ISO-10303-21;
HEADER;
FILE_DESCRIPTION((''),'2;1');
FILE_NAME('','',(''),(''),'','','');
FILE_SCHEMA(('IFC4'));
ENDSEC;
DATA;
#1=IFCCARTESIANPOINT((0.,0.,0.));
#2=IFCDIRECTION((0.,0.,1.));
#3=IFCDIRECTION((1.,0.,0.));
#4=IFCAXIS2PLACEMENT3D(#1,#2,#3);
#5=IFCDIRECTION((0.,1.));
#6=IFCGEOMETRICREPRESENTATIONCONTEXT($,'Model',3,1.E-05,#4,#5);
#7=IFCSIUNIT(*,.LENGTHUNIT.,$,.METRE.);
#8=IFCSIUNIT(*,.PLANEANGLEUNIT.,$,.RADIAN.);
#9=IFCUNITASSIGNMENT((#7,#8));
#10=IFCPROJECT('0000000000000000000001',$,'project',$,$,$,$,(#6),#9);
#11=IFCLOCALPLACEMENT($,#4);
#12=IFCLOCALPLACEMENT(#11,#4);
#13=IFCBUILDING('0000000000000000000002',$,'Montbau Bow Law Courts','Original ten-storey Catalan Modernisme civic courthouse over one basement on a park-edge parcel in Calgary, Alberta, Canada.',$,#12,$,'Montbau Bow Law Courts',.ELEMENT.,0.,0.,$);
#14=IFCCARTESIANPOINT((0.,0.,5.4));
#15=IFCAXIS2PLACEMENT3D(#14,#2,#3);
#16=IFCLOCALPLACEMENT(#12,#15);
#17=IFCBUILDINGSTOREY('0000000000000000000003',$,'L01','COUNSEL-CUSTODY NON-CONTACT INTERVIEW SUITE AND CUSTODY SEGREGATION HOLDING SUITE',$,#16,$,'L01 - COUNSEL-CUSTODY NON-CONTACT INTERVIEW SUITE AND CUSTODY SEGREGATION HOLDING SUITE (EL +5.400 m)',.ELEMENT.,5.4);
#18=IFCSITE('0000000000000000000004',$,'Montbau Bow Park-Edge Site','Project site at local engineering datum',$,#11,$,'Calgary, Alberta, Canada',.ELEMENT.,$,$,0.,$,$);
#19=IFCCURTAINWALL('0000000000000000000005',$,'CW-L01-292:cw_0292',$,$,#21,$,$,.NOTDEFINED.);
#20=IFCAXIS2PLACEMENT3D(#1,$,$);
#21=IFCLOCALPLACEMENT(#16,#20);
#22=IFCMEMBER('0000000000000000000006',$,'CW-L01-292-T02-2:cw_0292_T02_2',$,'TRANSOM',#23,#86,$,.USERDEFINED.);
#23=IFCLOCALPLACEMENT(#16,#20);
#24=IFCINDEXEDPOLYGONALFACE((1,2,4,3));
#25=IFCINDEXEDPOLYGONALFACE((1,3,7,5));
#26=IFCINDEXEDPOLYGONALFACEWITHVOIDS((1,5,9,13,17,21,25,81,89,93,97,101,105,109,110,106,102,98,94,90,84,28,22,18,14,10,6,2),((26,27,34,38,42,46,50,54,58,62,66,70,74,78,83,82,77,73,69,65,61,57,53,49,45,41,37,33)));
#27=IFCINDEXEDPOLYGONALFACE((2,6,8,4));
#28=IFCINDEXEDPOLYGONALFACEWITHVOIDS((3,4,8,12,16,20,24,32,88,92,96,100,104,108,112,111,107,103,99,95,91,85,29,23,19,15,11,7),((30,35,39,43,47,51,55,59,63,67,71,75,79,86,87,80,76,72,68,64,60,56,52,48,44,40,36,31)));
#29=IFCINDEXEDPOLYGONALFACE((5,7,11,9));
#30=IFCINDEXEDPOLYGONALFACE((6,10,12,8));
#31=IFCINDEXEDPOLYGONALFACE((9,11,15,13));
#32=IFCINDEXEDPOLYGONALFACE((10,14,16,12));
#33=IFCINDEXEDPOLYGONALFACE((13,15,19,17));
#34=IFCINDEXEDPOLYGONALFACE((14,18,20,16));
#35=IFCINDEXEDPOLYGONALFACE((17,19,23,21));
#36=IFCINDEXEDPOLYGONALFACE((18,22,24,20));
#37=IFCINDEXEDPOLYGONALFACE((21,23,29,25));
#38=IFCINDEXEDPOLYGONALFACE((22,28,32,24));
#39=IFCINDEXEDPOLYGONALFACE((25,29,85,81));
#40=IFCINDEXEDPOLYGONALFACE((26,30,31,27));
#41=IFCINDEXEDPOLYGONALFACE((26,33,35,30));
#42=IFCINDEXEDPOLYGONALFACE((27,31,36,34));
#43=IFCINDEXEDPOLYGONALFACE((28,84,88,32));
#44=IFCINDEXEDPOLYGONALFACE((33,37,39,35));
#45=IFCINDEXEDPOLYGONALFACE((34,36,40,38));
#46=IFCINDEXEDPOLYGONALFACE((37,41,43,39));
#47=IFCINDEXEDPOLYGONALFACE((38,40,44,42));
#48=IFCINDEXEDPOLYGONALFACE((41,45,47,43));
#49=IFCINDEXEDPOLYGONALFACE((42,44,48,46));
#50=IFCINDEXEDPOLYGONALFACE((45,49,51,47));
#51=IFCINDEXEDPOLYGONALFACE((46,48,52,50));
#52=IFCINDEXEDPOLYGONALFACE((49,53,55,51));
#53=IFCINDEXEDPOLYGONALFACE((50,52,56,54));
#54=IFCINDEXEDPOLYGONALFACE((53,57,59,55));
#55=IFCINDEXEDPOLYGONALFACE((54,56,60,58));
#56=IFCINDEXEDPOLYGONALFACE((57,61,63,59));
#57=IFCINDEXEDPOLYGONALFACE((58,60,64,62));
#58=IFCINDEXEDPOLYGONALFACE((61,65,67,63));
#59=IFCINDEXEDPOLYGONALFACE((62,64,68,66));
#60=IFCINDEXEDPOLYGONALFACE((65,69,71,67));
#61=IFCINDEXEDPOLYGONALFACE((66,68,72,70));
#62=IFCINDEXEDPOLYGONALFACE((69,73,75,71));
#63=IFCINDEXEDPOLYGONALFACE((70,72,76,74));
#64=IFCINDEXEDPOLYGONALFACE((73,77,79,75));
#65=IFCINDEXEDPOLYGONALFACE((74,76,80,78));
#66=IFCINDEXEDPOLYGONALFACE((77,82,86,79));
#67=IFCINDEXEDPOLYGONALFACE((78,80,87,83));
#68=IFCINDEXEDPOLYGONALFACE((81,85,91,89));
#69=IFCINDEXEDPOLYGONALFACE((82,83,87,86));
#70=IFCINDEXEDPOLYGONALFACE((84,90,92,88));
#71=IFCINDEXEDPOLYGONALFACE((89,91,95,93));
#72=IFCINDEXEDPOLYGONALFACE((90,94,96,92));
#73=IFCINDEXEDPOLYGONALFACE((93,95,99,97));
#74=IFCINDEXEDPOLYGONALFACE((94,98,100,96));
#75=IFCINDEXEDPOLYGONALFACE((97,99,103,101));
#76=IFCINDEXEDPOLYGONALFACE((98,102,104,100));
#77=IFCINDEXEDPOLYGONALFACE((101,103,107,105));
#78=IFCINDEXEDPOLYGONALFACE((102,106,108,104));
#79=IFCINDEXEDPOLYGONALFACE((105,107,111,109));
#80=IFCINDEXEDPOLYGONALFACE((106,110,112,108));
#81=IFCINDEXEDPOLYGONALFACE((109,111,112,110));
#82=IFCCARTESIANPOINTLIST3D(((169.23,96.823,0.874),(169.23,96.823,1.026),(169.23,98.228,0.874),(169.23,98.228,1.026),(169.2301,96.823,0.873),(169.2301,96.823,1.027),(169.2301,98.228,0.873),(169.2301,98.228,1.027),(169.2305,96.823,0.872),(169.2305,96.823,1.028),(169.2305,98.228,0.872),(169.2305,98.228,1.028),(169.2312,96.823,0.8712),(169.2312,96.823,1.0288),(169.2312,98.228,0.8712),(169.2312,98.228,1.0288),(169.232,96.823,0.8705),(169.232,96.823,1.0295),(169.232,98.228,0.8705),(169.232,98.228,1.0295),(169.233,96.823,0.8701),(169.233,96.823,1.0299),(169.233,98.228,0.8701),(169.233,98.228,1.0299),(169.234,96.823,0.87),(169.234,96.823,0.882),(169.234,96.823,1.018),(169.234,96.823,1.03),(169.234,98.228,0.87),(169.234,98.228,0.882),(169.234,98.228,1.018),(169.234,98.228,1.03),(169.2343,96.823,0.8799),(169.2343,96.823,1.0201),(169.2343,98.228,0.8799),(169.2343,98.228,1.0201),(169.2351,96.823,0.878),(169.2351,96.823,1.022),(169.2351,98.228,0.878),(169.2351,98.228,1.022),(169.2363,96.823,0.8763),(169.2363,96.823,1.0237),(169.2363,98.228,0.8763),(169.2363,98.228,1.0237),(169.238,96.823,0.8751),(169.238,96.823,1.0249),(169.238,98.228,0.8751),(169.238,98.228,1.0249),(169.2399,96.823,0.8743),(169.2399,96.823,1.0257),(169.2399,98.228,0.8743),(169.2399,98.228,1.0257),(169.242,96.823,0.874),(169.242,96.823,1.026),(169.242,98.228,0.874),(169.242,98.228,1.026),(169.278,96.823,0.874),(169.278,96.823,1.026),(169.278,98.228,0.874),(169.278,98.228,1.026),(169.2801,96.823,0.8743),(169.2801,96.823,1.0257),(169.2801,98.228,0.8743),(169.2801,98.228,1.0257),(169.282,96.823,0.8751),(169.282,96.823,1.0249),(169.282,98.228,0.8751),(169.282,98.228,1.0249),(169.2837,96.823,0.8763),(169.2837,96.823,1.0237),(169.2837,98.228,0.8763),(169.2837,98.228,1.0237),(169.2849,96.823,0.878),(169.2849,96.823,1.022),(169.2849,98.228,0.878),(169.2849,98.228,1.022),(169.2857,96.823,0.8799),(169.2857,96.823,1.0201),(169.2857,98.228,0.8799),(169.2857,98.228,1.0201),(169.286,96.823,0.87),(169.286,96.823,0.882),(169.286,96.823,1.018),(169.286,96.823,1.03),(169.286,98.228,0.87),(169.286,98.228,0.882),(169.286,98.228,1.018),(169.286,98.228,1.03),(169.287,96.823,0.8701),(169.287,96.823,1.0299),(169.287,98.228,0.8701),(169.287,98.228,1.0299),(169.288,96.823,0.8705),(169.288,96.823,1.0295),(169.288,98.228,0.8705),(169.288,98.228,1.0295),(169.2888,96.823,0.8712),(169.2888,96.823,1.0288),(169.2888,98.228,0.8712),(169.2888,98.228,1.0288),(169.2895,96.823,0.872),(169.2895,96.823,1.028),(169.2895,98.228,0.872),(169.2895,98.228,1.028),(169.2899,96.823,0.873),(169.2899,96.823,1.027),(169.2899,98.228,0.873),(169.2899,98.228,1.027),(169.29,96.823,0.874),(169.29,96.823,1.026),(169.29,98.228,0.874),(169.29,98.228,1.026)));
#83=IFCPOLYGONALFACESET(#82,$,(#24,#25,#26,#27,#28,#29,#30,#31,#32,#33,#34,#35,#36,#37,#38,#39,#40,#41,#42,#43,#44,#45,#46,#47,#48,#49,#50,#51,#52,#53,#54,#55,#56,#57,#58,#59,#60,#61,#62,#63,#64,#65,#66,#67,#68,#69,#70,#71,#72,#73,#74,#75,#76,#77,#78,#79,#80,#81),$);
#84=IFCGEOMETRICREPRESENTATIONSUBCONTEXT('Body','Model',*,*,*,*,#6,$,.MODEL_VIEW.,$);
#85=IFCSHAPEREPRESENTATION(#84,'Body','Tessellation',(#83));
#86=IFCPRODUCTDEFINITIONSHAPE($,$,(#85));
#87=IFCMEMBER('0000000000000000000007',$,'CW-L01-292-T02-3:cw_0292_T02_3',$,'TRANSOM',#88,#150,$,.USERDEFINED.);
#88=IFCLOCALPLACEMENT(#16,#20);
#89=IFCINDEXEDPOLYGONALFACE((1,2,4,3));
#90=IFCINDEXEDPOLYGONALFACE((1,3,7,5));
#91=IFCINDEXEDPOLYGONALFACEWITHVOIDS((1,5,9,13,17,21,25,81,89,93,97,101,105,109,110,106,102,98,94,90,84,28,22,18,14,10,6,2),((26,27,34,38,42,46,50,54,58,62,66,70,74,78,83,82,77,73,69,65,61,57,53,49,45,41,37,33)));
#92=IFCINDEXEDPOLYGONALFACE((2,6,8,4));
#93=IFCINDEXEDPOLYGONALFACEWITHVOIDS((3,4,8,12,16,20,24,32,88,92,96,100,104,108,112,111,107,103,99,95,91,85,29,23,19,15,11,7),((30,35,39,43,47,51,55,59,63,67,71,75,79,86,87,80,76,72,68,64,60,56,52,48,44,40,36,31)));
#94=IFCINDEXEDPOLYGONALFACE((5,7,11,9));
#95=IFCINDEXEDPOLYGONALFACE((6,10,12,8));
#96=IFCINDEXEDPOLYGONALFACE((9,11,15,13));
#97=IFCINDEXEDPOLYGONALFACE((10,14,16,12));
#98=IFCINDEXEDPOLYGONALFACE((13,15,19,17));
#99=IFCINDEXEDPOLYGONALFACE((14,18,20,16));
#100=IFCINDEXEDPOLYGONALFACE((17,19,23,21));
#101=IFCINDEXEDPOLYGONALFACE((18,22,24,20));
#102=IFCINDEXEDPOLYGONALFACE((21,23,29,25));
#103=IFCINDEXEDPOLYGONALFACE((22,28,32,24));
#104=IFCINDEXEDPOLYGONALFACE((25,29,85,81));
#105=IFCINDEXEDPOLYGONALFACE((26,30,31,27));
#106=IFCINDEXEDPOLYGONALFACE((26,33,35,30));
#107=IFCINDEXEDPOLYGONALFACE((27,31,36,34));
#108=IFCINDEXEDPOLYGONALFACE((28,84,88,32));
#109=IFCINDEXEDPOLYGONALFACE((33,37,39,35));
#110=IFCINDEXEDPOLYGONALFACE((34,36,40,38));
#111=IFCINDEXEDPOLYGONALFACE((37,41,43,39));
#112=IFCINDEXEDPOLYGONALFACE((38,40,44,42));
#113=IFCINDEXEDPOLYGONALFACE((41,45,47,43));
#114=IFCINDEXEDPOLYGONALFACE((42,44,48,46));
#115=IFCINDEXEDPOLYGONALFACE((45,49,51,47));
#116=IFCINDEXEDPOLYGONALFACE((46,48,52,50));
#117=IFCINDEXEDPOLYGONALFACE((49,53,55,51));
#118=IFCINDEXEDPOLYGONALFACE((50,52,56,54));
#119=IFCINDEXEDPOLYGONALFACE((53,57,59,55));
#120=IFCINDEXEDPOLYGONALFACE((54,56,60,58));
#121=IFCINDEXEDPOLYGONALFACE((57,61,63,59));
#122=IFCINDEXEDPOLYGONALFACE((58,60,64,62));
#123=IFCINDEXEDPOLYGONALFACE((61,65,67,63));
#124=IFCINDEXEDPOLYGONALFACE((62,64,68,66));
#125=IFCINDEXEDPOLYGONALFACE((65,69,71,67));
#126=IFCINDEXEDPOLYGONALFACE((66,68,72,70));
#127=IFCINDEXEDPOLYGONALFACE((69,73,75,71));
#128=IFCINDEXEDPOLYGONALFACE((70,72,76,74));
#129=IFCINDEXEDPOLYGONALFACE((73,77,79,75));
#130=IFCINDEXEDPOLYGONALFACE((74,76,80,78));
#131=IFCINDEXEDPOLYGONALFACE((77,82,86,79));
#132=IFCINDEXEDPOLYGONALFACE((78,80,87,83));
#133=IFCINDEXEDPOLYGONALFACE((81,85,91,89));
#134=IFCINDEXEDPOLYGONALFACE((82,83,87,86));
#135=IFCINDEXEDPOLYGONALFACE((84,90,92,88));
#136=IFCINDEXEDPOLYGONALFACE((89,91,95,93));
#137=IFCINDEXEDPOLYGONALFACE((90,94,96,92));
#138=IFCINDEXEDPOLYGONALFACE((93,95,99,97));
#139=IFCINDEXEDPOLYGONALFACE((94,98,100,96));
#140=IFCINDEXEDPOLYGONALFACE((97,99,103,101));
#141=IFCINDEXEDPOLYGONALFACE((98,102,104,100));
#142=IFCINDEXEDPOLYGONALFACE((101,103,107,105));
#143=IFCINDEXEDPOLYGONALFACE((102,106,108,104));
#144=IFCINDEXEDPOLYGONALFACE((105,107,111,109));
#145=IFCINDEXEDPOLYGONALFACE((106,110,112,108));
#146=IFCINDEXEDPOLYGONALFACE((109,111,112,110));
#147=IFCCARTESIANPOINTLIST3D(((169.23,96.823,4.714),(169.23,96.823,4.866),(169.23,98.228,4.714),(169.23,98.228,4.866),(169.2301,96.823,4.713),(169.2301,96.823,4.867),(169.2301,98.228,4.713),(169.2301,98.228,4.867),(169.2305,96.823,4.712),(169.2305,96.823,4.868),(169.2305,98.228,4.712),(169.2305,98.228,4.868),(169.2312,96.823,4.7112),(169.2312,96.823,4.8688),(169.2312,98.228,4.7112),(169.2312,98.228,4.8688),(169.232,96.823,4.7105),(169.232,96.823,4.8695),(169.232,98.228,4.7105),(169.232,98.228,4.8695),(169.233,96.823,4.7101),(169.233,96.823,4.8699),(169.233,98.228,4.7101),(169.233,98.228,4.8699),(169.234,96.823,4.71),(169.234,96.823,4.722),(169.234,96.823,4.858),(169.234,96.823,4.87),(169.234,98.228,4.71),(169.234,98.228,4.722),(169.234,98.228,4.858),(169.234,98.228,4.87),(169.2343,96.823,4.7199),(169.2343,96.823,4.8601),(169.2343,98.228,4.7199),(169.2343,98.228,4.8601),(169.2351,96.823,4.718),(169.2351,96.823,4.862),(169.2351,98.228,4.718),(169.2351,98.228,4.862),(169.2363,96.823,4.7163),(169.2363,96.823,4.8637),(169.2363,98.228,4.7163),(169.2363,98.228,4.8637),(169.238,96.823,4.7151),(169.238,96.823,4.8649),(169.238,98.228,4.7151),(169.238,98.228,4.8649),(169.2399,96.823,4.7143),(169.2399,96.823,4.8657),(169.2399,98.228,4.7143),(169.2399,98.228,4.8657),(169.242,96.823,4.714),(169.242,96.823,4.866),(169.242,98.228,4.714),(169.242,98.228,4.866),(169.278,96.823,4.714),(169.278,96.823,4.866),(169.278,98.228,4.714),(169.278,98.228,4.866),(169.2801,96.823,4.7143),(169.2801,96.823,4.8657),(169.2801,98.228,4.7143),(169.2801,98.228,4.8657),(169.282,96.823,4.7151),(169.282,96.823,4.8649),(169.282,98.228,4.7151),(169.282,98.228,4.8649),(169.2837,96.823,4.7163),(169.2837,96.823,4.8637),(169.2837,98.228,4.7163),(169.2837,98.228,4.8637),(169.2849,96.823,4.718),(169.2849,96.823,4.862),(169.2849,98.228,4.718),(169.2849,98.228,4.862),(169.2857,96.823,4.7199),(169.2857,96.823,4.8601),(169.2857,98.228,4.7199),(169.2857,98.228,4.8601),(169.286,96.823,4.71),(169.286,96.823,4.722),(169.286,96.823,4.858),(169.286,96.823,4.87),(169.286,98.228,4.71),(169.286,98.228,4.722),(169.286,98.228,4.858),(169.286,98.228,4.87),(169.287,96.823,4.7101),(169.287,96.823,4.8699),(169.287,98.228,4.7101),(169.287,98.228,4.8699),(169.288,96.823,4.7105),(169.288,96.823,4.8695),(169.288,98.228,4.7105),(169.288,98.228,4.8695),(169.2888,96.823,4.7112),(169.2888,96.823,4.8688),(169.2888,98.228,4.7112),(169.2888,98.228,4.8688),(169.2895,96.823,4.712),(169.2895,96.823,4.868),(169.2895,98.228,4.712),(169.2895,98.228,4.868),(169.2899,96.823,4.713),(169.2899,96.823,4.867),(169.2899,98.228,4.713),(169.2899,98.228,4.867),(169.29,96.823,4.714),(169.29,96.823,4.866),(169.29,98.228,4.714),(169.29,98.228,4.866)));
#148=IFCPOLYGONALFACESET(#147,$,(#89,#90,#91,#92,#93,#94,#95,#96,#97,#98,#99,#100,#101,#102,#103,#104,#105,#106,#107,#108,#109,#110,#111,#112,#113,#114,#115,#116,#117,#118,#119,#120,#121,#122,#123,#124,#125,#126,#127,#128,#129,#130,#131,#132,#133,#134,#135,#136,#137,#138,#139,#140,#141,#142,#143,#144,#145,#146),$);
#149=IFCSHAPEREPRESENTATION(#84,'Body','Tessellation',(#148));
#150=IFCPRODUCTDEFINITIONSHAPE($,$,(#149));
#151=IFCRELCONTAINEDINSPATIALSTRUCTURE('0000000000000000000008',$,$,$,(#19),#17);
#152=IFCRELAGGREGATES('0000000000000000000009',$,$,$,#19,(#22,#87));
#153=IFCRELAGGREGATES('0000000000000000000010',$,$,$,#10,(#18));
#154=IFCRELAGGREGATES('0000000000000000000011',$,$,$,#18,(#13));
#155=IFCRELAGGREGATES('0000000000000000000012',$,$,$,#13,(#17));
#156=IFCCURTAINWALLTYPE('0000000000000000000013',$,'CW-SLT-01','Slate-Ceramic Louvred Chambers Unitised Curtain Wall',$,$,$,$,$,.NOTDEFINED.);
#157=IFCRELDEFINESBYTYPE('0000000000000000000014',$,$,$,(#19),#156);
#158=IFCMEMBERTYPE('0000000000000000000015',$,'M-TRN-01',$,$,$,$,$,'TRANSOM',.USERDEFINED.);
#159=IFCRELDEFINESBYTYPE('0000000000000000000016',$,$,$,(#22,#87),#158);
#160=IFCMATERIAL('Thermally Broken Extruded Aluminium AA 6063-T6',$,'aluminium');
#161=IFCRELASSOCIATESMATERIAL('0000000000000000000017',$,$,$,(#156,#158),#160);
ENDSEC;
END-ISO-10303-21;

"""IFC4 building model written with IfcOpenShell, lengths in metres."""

from ifc_helpers import new_model, si_unit, direction, frame, origin_with_axes, origin_2d_with_axis, place, context, subcontext, project, spatial, hollow_rectangle, extrude, material, material_profile, profile_set, type_object, element, aggregate, save


model = new_model("IFC4")

# Units and contexts
model_context = context("Model", 3, precision=1e-05, world=origin_with_axes(), true_north=direction((0.0, 1.0)))
body_context = subcontext(model_context, "Body", "Model", "MODEL_VIEW")
ifc_project = project(units=[si_unit("LENGTHUNIT", "METRE"), si_unit("PLANEANGLEUNIT", "RADIAN")], contexts=[model_context])

# Site, building, storey
site_placement = place(None, origin_with_axes())
site = spatial("IfcSite", under=ifc_project, at=site_placement, Name="Montbau Bow Park-Edge Site", Description="Project site at local engineering datum", LongName="Calgary, Alberta, Canada", CompositionType="ELEMENT", RefElevation=0.0)
building_placement = place(site_placement, origin_with_axes())
building = spatial("IfcBuilding", under=site, at=building_placement, Name="Montbau Bow Law Courts", Description="Original ten-storey Catalan Modernisme civic courthouse over one basement on a park-edge parcel in Calgary, Alberta, Canada.", LongName="Montbau Bow Law Courts", CompositionType="ELEMENT", ElevationOfRefHeight=0.0, ElevationOfTerrain=0.0)
storey_placement = place(building_placement, frame((0.0, 0.0, 5.4), z_axis=(0.0, 0.0, 1.0), x_axis=(1.0, 0.0, 0.0)))
storey = spatial("IfcBuildingStorey", under=building, at=storey_placement, Name="L01", Description="COUNSEL-CUSTODY NON-CONTACT INTERVIEW SUITE AND CUSTODY SEGREGATION HOLDING SUITE", LongName="L01 - COUNSEL-CUSTODY NON-CONTACT INTERVIEW SUITE AND CUSTODY SEGREGATION HOLDING SUITE (EL +5.400 m)", CompositionType="ELEMENT", Elevation=5.4)

# Curtain wall, members
ifc_material_1 = material(Name="Thermally Broken Extruded Aluminium AA 6063-T6", Category="aluminium")
curtain_wall_type = type_object("IfcCurtainWallType", Name="CW-SLT-01", Description="Slate-Ceramic Louvred Chambers Unitised Curtain Wall", PredefinedType="NOTDEFINED", material=ifc_material_1)
curtain_wall_1_placement = place(None, frame((169.26, 95.315, 5.4), z_axis=(0.0, 0.0, 1.0), x_axis=(1.0, 0.0, 0.0)))
curtain_wall_1 = element("IfcCurtainWall", 1, at=curtain_wall_1_placement, inside=storey, type_object=curtain_wall_type, Name="CW-L01-292:cw_0292", PredefinedType="NOTDEFINED")
ifc_material_profile_1 = material_profile(ifc_material_1, hollow_rectangle(XDim=0.06, YDim=0.16, WallThickness=0.004, InnerFilletRadius=0.008, OuterFilletRadius=0.004, at=origin_2d_with_axis()), Name="CWT-160X60", Category="Main", Priority=0)
ifc_profile_set_1 = profile_set([ifc_material_profile_1], Name="Thermally Broken Extruded Aluminium AA 6063-T6")
member_type_1 = type_object("IfcMemberType", Name="M-TRN-01", ElementType="TRANSOM", PredefinedType="USERDEFINED", material=ifc_profile_set_1)
member_1_placement = place(None, frame((169.26, 96.823, 6.35), z_axis=(0.0, 1.0, 0.0), x_axis=(-1.0, 0.0, 0.0)))
member_1 = element("IfcMember", 2, at=member_1_placement, type_object=member_type_1, Name="CW-L01-292-T02-2:cw_0292_T02_2", ObjectType="TRANSOM", PredefinedType="USERDEFINED", context=body_context, shape_type="SweptSolid", body=[
    extrude(hollow_rectangle(XDim=0.06, YDim=0.16, WallThickness=0.004, InnerFilletRadius=0.008, OuterFilletRadius=0.004, at=origin_2d_with_axis()), origin_with_axes(), (0.0, 0.0, 1.0), 1.405),
])
member_2_placement = place(None, frame((169.26, 96.823, 10.19), z_axis=(0.0, 1.0, 0.0), x_axis=(-1.0, 0.0, 0.0)))
member_2 = element("IfcMember", 3, at=member_2_placement, type_object=member_type_1, Name="CW-L01-292-T02-3:cw_0292_T02_3", ObjectType="TRANSOM", PredefinedType="USERDEFINED", context=body_context, shape_type="SweptSolid", body=[
    extrude(hollow_rectangle(XDim=0.06, YDim=0.16, WallThickness=0.004, InnerFilletRadius=0.008, OuterFilletRadius=0.004, at=origin_2d_with_axis()), origin_with_axes(), (0.0, 0.0, 1.0), 1.405),
])

aggregate(curtain_wall_1, [member_1, member_2])

save(model, "model.ifc")
